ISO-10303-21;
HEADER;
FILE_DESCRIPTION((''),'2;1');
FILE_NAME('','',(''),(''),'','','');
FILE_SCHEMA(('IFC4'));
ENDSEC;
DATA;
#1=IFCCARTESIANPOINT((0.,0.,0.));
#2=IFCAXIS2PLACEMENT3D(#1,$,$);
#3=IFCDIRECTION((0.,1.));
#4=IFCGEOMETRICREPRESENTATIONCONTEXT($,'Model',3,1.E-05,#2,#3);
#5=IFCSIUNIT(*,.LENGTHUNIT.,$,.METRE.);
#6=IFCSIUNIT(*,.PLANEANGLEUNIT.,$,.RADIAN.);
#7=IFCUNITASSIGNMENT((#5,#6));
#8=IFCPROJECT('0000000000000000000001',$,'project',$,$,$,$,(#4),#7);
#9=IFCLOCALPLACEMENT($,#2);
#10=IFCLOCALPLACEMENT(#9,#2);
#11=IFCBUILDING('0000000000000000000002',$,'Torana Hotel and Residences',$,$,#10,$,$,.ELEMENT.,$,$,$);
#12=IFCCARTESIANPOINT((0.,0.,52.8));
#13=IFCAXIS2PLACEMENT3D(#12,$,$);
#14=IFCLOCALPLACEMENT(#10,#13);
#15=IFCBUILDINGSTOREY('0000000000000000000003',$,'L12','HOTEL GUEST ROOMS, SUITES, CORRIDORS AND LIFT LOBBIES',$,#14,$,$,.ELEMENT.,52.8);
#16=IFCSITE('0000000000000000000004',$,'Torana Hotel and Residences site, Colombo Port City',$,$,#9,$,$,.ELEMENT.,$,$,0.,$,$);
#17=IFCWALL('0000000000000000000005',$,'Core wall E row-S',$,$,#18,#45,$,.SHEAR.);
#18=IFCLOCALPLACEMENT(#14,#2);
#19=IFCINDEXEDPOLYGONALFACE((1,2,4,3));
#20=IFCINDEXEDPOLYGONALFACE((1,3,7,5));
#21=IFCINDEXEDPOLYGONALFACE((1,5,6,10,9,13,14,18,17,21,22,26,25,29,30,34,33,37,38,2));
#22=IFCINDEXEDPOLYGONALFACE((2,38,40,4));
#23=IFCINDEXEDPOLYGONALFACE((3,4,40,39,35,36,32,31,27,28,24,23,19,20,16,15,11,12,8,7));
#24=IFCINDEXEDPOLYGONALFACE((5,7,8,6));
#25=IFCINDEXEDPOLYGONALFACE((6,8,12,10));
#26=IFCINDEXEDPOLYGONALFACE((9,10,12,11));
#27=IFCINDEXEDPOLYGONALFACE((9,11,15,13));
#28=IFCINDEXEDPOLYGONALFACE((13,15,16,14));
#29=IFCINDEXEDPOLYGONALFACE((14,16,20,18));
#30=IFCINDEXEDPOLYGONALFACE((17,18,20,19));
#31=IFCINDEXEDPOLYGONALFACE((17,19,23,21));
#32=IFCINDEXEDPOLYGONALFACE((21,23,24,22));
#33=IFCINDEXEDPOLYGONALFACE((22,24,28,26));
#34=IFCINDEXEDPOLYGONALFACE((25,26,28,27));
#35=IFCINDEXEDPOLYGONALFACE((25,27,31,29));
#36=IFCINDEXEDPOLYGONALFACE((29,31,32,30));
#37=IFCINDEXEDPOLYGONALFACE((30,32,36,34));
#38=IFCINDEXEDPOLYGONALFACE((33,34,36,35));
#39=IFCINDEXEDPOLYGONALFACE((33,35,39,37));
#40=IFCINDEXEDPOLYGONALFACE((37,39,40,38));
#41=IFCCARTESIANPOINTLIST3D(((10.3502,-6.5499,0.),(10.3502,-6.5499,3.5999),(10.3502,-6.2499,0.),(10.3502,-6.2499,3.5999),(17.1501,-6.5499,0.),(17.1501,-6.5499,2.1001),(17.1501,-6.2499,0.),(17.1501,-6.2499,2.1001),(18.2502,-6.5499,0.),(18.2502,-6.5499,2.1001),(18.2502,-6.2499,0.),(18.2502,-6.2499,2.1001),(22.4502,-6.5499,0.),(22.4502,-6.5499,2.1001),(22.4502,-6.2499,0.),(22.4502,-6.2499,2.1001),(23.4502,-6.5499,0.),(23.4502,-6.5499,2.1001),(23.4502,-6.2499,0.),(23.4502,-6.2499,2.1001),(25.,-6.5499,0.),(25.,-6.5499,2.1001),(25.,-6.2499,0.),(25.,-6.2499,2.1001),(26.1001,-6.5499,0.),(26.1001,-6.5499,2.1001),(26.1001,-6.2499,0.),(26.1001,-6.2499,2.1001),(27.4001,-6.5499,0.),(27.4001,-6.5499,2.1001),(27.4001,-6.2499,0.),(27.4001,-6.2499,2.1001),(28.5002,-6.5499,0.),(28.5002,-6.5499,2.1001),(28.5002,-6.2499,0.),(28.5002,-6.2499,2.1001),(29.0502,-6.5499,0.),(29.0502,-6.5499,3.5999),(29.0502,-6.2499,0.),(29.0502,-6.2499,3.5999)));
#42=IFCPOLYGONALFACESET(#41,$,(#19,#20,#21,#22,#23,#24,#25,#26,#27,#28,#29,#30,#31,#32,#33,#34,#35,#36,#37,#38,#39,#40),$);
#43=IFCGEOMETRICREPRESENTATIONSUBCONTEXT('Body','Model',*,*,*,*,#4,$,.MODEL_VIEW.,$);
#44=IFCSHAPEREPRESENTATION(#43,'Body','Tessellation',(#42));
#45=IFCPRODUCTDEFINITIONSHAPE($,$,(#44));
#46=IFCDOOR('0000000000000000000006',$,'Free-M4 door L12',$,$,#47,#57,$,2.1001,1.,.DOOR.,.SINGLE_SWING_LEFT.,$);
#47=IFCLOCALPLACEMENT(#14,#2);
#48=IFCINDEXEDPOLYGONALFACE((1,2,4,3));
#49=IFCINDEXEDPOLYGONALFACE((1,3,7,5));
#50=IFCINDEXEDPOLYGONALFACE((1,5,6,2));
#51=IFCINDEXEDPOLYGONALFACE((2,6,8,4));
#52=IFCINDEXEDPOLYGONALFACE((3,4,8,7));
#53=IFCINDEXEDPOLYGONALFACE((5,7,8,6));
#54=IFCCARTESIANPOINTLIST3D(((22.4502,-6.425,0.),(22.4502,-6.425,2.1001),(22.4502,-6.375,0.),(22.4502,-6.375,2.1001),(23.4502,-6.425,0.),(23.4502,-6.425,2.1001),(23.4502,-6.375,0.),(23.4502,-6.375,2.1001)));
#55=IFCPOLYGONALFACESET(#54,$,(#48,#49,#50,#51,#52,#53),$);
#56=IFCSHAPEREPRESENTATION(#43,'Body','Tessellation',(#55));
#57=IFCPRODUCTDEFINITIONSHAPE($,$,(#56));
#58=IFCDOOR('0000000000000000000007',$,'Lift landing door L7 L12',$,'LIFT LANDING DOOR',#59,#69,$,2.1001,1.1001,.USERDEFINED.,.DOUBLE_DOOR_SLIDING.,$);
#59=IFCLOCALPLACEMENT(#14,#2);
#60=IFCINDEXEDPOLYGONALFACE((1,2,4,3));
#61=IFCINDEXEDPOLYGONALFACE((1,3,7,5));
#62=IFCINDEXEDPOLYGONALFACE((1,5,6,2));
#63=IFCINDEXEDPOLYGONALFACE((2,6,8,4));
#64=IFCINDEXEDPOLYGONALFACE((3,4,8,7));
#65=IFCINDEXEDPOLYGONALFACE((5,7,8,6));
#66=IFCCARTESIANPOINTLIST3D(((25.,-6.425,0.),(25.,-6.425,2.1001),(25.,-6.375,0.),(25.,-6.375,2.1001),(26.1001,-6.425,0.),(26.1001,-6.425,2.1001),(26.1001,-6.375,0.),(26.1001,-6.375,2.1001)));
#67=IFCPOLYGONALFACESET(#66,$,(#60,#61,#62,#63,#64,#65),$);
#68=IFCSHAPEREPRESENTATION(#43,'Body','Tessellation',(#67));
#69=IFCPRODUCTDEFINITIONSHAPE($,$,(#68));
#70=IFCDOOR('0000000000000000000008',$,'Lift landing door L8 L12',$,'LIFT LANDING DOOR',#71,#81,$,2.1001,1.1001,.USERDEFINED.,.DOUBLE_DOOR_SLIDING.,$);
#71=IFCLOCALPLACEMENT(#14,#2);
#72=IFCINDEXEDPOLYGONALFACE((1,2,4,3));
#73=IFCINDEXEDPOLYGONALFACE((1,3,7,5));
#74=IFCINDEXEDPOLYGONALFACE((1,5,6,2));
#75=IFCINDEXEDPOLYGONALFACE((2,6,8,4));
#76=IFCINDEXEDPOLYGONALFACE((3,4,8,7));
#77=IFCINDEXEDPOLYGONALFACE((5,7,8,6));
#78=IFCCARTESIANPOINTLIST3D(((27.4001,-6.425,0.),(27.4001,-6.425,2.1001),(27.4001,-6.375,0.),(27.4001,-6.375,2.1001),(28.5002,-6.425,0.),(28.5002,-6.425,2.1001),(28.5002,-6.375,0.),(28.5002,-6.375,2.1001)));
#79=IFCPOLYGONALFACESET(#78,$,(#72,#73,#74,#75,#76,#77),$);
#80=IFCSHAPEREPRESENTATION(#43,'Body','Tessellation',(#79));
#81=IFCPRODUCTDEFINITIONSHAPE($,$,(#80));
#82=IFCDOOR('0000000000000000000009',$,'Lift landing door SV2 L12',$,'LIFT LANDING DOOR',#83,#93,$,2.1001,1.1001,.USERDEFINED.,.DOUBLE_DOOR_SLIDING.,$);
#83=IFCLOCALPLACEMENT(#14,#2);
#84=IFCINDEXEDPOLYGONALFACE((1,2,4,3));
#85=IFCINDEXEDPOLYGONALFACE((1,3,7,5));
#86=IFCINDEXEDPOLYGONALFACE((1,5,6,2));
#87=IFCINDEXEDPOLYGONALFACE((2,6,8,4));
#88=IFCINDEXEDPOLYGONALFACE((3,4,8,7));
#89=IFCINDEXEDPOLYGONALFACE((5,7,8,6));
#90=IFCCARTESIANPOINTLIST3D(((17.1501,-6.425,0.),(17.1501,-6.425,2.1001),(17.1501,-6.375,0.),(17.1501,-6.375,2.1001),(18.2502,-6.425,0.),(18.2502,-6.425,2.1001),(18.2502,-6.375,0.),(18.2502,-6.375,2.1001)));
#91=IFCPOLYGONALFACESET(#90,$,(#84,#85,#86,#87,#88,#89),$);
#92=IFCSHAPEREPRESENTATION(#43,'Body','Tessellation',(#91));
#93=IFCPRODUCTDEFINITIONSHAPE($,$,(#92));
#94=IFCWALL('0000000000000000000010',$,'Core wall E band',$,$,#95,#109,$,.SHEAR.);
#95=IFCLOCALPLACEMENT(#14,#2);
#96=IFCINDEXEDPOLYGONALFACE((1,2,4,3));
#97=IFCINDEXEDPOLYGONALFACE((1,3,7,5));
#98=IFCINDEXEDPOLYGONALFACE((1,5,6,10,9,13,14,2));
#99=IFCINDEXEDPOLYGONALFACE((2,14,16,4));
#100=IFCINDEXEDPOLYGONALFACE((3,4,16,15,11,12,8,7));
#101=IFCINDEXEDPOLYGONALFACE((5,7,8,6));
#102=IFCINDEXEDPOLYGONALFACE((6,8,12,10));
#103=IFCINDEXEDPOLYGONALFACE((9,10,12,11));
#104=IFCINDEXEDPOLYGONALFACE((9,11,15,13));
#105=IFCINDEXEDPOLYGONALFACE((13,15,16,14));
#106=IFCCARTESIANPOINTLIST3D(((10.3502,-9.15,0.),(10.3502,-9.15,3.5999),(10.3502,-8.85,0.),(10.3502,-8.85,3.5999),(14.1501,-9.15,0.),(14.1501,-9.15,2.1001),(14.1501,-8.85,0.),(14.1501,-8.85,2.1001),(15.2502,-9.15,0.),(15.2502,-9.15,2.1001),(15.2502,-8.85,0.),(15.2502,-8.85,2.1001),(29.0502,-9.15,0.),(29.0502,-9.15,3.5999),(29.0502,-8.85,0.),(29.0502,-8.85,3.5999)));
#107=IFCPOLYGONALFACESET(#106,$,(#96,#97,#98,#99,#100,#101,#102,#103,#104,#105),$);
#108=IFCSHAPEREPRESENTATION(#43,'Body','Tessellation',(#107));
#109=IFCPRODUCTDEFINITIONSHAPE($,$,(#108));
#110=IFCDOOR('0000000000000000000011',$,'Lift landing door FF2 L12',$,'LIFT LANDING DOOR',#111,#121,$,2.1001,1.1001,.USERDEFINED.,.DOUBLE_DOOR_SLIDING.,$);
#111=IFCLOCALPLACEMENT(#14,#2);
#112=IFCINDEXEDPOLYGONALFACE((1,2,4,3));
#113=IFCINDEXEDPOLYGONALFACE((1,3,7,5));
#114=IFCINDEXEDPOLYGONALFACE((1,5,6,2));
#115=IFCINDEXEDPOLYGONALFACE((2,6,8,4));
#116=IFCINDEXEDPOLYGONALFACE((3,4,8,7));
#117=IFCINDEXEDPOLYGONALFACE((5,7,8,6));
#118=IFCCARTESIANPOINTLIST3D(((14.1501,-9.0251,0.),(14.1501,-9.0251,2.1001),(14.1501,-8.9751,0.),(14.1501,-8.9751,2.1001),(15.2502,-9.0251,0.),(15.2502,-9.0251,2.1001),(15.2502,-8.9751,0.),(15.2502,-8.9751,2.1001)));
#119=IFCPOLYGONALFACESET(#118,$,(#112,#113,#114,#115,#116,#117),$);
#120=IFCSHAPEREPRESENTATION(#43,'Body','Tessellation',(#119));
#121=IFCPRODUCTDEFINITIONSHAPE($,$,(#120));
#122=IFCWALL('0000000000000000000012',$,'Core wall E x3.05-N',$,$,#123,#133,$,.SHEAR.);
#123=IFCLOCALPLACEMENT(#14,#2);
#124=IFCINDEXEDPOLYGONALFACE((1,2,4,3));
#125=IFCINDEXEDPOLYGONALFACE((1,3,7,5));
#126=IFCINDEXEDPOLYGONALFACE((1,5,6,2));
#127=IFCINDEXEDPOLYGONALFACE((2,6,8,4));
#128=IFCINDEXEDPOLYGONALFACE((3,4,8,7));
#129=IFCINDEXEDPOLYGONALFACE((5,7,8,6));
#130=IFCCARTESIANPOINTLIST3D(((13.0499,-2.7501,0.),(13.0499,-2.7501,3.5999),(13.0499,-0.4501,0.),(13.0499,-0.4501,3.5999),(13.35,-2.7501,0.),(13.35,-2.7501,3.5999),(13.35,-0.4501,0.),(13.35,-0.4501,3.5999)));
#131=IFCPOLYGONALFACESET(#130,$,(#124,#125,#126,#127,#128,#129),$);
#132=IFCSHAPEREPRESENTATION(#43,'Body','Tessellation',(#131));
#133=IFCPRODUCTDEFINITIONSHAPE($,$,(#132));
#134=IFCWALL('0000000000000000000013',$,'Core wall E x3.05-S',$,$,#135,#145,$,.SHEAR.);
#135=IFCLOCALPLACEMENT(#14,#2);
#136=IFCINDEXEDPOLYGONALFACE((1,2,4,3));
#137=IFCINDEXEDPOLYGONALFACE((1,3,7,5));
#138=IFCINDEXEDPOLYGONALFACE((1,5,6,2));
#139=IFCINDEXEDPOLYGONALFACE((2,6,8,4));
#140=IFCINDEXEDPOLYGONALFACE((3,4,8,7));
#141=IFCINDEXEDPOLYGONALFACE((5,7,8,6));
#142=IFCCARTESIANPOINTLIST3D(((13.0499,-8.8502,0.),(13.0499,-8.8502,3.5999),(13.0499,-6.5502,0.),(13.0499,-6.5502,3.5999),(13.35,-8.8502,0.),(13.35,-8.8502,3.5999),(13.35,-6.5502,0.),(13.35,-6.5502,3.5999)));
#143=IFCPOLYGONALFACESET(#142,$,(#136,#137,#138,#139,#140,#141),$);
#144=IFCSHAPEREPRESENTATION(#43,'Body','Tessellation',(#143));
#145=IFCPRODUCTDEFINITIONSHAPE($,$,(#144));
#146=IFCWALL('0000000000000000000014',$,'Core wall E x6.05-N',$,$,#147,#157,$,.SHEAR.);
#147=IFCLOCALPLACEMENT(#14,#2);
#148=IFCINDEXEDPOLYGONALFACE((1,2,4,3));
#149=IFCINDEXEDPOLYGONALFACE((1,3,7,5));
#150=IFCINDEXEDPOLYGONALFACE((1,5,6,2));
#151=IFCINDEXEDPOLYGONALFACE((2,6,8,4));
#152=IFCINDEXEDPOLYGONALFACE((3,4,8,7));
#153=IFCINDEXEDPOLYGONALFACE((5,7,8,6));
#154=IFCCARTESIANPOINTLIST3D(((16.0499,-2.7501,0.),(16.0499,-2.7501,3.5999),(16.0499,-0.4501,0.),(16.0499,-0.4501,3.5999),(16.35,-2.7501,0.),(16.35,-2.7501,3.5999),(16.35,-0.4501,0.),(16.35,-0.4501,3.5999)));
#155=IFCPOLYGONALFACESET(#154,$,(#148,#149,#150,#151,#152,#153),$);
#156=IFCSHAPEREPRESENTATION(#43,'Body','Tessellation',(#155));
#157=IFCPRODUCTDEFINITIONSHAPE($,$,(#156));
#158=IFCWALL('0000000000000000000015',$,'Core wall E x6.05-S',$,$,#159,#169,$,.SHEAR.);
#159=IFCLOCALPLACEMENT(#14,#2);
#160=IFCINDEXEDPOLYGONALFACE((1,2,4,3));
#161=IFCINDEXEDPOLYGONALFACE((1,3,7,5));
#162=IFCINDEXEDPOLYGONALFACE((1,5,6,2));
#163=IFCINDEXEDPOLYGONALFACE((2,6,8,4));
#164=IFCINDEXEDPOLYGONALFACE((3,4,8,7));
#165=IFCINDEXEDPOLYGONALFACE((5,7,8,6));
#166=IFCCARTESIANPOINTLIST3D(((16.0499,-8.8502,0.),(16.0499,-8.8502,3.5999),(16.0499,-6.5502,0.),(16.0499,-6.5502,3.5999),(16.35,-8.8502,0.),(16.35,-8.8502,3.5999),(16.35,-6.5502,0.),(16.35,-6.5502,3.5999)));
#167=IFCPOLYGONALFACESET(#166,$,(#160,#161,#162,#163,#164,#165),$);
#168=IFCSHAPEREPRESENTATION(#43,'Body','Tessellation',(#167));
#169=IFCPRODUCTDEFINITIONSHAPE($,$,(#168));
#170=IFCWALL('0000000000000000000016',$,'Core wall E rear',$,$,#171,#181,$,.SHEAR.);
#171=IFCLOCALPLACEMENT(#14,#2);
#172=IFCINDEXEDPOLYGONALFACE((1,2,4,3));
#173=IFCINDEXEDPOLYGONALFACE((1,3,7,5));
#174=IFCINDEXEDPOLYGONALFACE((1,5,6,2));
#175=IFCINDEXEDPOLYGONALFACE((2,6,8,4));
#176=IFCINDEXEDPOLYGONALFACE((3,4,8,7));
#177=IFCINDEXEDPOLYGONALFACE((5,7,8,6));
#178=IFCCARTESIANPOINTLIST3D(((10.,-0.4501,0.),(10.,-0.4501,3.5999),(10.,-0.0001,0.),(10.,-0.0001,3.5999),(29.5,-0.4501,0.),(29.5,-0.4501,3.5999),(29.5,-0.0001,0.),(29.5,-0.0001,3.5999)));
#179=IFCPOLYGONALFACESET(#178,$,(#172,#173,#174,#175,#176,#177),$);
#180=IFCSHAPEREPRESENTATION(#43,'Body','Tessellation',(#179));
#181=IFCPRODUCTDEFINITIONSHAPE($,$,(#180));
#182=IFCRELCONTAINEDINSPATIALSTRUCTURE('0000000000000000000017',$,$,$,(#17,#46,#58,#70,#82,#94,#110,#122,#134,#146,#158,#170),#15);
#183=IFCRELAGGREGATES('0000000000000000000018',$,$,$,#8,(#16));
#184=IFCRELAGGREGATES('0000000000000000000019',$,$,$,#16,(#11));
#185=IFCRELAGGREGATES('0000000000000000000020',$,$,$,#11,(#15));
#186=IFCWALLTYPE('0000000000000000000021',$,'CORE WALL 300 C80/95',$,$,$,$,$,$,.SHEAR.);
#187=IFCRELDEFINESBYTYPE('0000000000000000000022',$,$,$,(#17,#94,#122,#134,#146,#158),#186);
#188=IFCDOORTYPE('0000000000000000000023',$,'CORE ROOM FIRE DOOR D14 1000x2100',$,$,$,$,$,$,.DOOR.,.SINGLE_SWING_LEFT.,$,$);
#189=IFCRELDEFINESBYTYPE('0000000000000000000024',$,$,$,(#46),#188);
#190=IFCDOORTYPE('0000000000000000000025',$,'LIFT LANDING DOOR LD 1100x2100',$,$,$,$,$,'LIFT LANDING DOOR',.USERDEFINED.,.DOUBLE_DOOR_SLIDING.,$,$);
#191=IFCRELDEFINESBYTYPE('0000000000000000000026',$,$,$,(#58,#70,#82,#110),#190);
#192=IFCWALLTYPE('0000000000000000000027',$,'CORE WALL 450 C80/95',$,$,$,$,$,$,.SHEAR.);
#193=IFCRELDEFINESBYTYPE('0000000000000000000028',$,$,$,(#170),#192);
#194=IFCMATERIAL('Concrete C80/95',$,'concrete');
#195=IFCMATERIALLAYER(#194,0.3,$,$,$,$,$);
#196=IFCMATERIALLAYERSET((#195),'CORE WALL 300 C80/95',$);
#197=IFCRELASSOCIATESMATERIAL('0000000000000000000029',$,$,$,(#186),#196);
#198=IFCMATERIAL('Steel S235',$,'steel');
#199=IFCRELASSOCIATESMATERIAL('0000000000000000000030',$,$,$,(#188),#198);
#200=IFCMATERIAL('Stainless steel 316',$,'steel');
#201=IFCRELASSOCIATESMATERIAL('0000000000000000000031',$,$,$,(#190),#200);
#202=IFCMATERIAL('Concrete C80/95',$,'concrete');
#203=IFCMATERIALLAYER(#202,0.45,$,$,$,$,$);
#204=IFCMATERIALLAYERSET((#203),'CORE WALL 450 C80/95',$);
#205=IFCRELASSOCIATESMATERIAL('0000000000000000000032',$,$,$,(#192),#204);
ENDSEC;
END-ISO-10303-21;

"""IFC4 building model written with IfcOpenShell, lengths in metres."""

from ifc_helpers import new_model, si_unit, direction, frame, frame_2d, origin, place, context, subcontext, project, spatial, rectangle, extrude, material, layer, layer_set, type_object, element, fill, save


model = new_model("IFC4")

# Units and contexts
model_context = context("Model", 3, precision=1e-05, world=origin(), true_north=direction((0.0, 1.0)))
body_context = subcontext(model_context, "Body", "Model", "MODEL_VIEW")
ifc_project = project(units=[si_unit("LENGTHUNIT", "METRE"), si_unit("PLANEANGLEUNIT", "RADIAN")], contexts=[model_context])

# Site, building, storey
site_placement = place(None, origin())
site = spatial("IfcSite", under=ifc_project, at=site_placement, Name="Torana Hotel and Residences site, Colombo Port City", CompositionType="ELEMENT", RefElevation=0.0)
building_placement = place(site_placement, origin())
building = spatial("IfcBuilding", under=site, at=building_placement, Name="Torana Hotel and Residences", CompositionType="ELEMENT")
storey_placement = place(building_placement, frame((0.0, 0.0, 52.8)))
storey = spatial("IfcBuildingStorey", under=building, at=storey_placement, Name="L12", Description="HOTEL GUEST ROOMS, SUITES, CORRIDORS AND LIFT LOBBIES", CompositionType="ELEMENT", Elevation=52.8)

# Wall, openings, doors
ifc_material_1 = material(Name="Concrete C80/95", Category="concrete")
ifc_layer_1 = layer(ifc_material_1, 0.3)
ifc_layer_set_1 = layer_set([ifc_layer_1], Name="CORE WALL 300 C80/95")
wall_type_1 = type_object("IfcWallType", Name="CORE WALL 300 C80/95", PredefinedType="SHEAR", material=ifc_layer_set_1)
ifc_material_2 = material(Name="Steel S235", Category="steel")
door_type_1 = type_object("IfcDoorType", Name="CORE ROOM FIRE DOOR D14 1000x2100", OperationType="SINGLE_SWING_LEFT", PredefinedType="DOOR", material=ifc_material_2)
ifc_material_3 = material(Name="Stainless steel 316", Category="steel")
door_type_2 = type_object("IfcDoorType", Name="LIFT LANDING DOOR LD 1100x2100", ElementType="LIFT LANDING DOOR", OperationType="DOUBLE_DOOR_SLIDING", PredefinedType="USERDEFINED", material=ifc_material_3)
wall_1_placement = place(storey_placement, frame((10.3501, -6.3999, 0.0), z_axis=(0.0, 0.0, 1.0), x_axis=(1.0, 0.0, 0.0)))
wall_1 = element("IfcWall", 1, at=wall_1_placement, inside=storey, type_object=wall_type_1, Name="Core wall E row-S", PredefinedType="SHEAR", context=body_context, shape_type="SweptSolid", body=[
    extrude(rectangle(XDim=18.7, YDim=0.3, at=frame_2d((9.3501, 0.0))), origin(), (0.0, 0.0, 1.0), 3.5999),
])
opening_1_placement = place(wall_1_placement, frame((14.6499, 0.0, 0.0)))
opening_1 = element("IfcOpeningElement", 2, at=opening_1_placement, cuts=wall_1, PredefinedType="OPENING", context=body_context, shape_type="SweptSolid", body=[
    extrude(rectangle(XDim=1.1001, YDim=2.1001, at=frame_2d((0.55, 1.05))), frame((0.0, 0.1599, 0.0), z_axis=(0.0, -1.0, 0.0), x_axis=(1.0, 0.0, 0.0)), (0.0, 0.0, 1.0), 0.3201),
])
opening_2_placement = place(wall_1_placement, frame((17.05, 0.0, 0.0)))
opening_2 = element("IfcOpeningElement", 3, at=opening_2_placement, cuts=wall_1, PredefinedType="OPENING", context=body_context, shape_type="SweptSolid", body=[
    extrude(rectangle(XDim=1.1001, YDim=2.1001, at=frame_2d((0.55, 1.05))), frame((0.0, 0.1599, 0.0), z_axis=(0.0, -1.0, 0.0), x_axis=(1.0, 0.0, 0.0)), (0.0, 0.0, 1.0), 0.3201),
])
opening_3_placement = place(wall_1_placement, frame((6.8, 0.0, 0.0)))
opening_3 = element("IfcOpeningElement", 4, at=opening_3_placement, cuts=wall_1, PredefinedType="OPENING", context=body_context, shape_type="SweptSolid", body=[
    extrude(rectangle(XDim=1.1001, YDim=2.1001, at=frame_2d((0.55, 1.05))), frame((0.0, 0.1599, 0.0), z_axis=(0.0, -1.0, 0.0), x_axis=(1.0, 0.0, 0.0)), (0.0, 0.0, 1.0), 0.3201),
])
opening_4_placement = place(wall_1_placement, frame((12.1001, 0.0, 0.0)))
opening_4 = element("IfcOpeningElement", 5, at=opening_4_placement, cuts=wall_1, PredefinedType="OPENING", context=body_context, shape_type="SweptSolid", body=[
    extrude(rectangle(XDim=1.0, YDim=2.1001, at=frame_2d((0.5, 1.05))), frame((0.0, 0.1599, 0.0), z_axis=(0.0, -1.0, 0.0), x_axis=(1.0, 0.0, 0.0)), (0.0, 0.0, 1.0), 0.3201),
])
door_1_placement = place(opening_4_placement, frame((0.5, 0.0, 0.0), z_axis=(0.0, 0.0, 1.0), x_axis=(-1.0, 0.0, 0.0)))
door_1 = element("IfcDoor", 6, at=door_1_placement, inside=storey, type_object=door_type_1, Name="Free-M4 door L12", OperationType="SINGLE_SWING_LEFT", OverallHeight=2.1001, OverallWidth=1.0, PredefinedType="DOOR", context=body_context, shape_type="SweptSolid", body=[
    extrude(rectangle(XDim=1.0, YDim=2.1001, at=frame_2d((0.0, 1.05))), frame((0.0, -0.0249, 0.0), z_axis=(0.0, 1.0, 0.0), x_axis=(-1.0, 0.0, 0.0)), (0.0, 0.0, 1.0), 0.05),
])
fill(opening_4, door_1)
door_2_placement = place(opening_1_placement, origin())
door_2 = element("IfcDoor", 7, at=door_2_placement, inside=storey, type_object=door_type_2, Name="Lift landing door L7 L12", ObjectType="LIFT LANDING DOOR", OperationType="DOUBLE_DOOR_SLIDING", OverallHeight=2.1001, OverallWidth=1.1001, PredefinedType="USERDEFINED", context=body_context, shape_type="SweptSolid", body=[
    extrude(rectangle(XDim=1.1001, YDim=2.1001, at=frame_2d((0.55, 1.05))), frame((0.0, 0.0249, 0.0), z_axis=(0.0, -1.0, 0.0), x_axis=(1.0, 0.0, 0.0)), (0.0, 0.0, 1.0), 0.05),
])
fill(opening_1, door_2)
door_3_placement = place(opening_2_placement, origin())
door_3 = element("IfcDoor", 8, at=door_3_placement, inside=storey, type_object=door_type_2, Name="Lift landing door L8 L12", ObjectType="LIFT LANDING DOOR", OperationType="DOUBLE_DOOR_SLIDING", OverallHeight=2.1001, OverallWidth=1.1001, PredefinedType="USERDEFINED", context=body_context, shape_type="SweptSolid", body=[
    extrude(rectangle(XDim=1.1001, YDim=2.1001, at=frame_2d((0.55, 1.05))), frame((0.0, 0.0249, 0.0), z_axis=(0.0, -1.0, 0.0), x_axis=(1.0, 0.0, 0.0)), (0.0, 0.0, 1.0), 0.05),
])
fill(opening_2, door_3)
door_4_placement = place(opening_3_placement, origin())
door_4 = element("IfcDoor", 9, at=door_4_placement, inside=storey, type_object=door_type_2, Name="Lift landing door SV2 L12", ObjectType="LIFT LANDING DOOR", OperationType="DOUBLE_DOOR_SLIDING", OverallHeight=2.1001, OverallWidth=1.1001, PredefinedType="USERDEFINED", context=body_context, shape_type="SweptSolid", body=[
    extrude(rectangle(XDim=1.1001, YDim=2.1001, at=frame_2d((0.55, 1.05))), frame((0.0, 0.0249, 0.0), z_axis=(0.0, -1.0, 0.0), x_axis=(1.0, 0.0, 0.0)), (0.0, 0.0, 1.0), 0.05),
])
fill(opening_3, door_4)

# Wall, opening, door
wall_2_placement = place(storey_placement, frame((10.3501, -9.0, 0.0), z_axis=(0.0, 0.0, 1.0), x_axis=(1.0, 0.0, 0.0)))
wall_2 = element("IfcWall", 10, at=wall_2_placement, inside=storey, type_object=wall_type_1, Name="Core wall E band", PredefinedType="SHEAR", context=body_context, shape_type="SweptSolid", body=[
    extrude(rectangle(XDim=18.7, YDim=0.3, at=frame_2d((9.3501, 0.0))), origin(), (0.0, 0.0, 1.0), 3.5999),
])
opening_5_placement = place(wall_2_placement, frame((3.8, 0.0, 0.0)))
opening_5 = element("IfcOpeningElement", 11, at=opening_5_placement, cuts=wall_2, PredefinedType="OPENING", context=body_context, shape_type="SweptSolid", body=[
    extrude(rectangle(XDim=1.1001, YDim=2.1001, at=frame_2d((0.55, 1.05))), frame((0.0, 0.1599, 0.0), z_axis=(0.0, -1.0, 0.0), x_axis=(1.0, 0.0, 0.0)), (0.0, 0.0, 1.0), 0.3201),
])
door_5_placement = place(opening_5_placement, origin())
door_5 = element("IfcDoor", 12, at=door_5_placement, inside=storey, type_object=door_type_2, Name="Lift landing door FF2 L12", ObjectType="LIFT LANDING DOOR", OperationType="DOUBLE_DOOR_SLIDING", OverallHeight=2.1001, OverallWidth=1.1001, PredefinedType="USERDEFINED", context=body_context, shape_type="SweptSolid", body=[
    extrude(rectangle(XDim=1.1001, YDim=2.1001, at=frame_2d((0.55, 1.05))), frame((0.0, 0.0249, 0.0), z_axis=(0.0, -1.0, 0.0), x_axis=(1.0, 0.0, 0.0)), (0.0, 0.0, 1.0), 0.05),
])
fill(opening_5, door_5)

# Walls
for number, where, z_axis, x_axis, name in (
    (13, (13.2, -2.75, 0.0), (0.0, 0.0, 1.0), (0.0, 1.0, 0.0), "Core wall E x3.05-N"),
    (14, (13.2, -8.8501, 0.0), (0.0, 0.0, 1.0), (0.0, 1.0, 0.0), "Core wall E x3.05-S"),
    (15, (16.2, -2.75, 0.0), (0.0, 0.0, 1.0), (0.0, 1.0, 0.0), "Core wall E x6.05-N"),
    (16, (16.2, -8.8501, 0.0), (0.0, 0.0, 1.0), (0.0, 1.0, 0.0), "Core wall E x6.05-S"),
):
    element("IfcWall", number, at=place(storey_placement, frame(where, z_axis=z_axis, x_axis=x_axis)), inside=storey, type_object=wall_type_1, Name=name, PredefinedType="SHEAR", context=body_context, shape_type="SweptSolid", body=[
        extrude(rectangle(XDim=2.3, YDim=0.3, at=frame_2d((1.1499, 0.0))), origin(), (0.0, 0.0, 1.0), 3.5999),
    ])
ifc_material_4 = material(Name="Concrete C80/95", Category="concrete")
ifc_layer_2 = layer(ifc_material_4, 0.45)
ifc_layer_set_2 = layer_set([ifc_layer_2], Name="CORE WALL 450 C80/95")
wall_type_2 = type_object("IfcWallType", Name="CORE WALL 450 C80/95", PredefinedType="SHEAR", material=ifc_layer_set_2)
wall_3_placement = place(storey_placement, frame((10.0, -0.2251, 0.0), z_axis=(0.0, 0.0, 1.0), x_axis=(1.0, 0.0, 0.0)))
element("IfcWall", 17, at=wall_3_placement, inside=storey, type_object=wall_type_2, Name="Core wall E rear", PredefinedType="SHEAR", context=body_context, shape_type="SweptSolid", body=[
    extrude(rectangle(XDim=19.5, YDim=0.45, at=frame_2d((9.75, 0.0))), origin(), (0.0, 0.0, 1.0), 3.5999),
])

save(model, "model.ifc")
